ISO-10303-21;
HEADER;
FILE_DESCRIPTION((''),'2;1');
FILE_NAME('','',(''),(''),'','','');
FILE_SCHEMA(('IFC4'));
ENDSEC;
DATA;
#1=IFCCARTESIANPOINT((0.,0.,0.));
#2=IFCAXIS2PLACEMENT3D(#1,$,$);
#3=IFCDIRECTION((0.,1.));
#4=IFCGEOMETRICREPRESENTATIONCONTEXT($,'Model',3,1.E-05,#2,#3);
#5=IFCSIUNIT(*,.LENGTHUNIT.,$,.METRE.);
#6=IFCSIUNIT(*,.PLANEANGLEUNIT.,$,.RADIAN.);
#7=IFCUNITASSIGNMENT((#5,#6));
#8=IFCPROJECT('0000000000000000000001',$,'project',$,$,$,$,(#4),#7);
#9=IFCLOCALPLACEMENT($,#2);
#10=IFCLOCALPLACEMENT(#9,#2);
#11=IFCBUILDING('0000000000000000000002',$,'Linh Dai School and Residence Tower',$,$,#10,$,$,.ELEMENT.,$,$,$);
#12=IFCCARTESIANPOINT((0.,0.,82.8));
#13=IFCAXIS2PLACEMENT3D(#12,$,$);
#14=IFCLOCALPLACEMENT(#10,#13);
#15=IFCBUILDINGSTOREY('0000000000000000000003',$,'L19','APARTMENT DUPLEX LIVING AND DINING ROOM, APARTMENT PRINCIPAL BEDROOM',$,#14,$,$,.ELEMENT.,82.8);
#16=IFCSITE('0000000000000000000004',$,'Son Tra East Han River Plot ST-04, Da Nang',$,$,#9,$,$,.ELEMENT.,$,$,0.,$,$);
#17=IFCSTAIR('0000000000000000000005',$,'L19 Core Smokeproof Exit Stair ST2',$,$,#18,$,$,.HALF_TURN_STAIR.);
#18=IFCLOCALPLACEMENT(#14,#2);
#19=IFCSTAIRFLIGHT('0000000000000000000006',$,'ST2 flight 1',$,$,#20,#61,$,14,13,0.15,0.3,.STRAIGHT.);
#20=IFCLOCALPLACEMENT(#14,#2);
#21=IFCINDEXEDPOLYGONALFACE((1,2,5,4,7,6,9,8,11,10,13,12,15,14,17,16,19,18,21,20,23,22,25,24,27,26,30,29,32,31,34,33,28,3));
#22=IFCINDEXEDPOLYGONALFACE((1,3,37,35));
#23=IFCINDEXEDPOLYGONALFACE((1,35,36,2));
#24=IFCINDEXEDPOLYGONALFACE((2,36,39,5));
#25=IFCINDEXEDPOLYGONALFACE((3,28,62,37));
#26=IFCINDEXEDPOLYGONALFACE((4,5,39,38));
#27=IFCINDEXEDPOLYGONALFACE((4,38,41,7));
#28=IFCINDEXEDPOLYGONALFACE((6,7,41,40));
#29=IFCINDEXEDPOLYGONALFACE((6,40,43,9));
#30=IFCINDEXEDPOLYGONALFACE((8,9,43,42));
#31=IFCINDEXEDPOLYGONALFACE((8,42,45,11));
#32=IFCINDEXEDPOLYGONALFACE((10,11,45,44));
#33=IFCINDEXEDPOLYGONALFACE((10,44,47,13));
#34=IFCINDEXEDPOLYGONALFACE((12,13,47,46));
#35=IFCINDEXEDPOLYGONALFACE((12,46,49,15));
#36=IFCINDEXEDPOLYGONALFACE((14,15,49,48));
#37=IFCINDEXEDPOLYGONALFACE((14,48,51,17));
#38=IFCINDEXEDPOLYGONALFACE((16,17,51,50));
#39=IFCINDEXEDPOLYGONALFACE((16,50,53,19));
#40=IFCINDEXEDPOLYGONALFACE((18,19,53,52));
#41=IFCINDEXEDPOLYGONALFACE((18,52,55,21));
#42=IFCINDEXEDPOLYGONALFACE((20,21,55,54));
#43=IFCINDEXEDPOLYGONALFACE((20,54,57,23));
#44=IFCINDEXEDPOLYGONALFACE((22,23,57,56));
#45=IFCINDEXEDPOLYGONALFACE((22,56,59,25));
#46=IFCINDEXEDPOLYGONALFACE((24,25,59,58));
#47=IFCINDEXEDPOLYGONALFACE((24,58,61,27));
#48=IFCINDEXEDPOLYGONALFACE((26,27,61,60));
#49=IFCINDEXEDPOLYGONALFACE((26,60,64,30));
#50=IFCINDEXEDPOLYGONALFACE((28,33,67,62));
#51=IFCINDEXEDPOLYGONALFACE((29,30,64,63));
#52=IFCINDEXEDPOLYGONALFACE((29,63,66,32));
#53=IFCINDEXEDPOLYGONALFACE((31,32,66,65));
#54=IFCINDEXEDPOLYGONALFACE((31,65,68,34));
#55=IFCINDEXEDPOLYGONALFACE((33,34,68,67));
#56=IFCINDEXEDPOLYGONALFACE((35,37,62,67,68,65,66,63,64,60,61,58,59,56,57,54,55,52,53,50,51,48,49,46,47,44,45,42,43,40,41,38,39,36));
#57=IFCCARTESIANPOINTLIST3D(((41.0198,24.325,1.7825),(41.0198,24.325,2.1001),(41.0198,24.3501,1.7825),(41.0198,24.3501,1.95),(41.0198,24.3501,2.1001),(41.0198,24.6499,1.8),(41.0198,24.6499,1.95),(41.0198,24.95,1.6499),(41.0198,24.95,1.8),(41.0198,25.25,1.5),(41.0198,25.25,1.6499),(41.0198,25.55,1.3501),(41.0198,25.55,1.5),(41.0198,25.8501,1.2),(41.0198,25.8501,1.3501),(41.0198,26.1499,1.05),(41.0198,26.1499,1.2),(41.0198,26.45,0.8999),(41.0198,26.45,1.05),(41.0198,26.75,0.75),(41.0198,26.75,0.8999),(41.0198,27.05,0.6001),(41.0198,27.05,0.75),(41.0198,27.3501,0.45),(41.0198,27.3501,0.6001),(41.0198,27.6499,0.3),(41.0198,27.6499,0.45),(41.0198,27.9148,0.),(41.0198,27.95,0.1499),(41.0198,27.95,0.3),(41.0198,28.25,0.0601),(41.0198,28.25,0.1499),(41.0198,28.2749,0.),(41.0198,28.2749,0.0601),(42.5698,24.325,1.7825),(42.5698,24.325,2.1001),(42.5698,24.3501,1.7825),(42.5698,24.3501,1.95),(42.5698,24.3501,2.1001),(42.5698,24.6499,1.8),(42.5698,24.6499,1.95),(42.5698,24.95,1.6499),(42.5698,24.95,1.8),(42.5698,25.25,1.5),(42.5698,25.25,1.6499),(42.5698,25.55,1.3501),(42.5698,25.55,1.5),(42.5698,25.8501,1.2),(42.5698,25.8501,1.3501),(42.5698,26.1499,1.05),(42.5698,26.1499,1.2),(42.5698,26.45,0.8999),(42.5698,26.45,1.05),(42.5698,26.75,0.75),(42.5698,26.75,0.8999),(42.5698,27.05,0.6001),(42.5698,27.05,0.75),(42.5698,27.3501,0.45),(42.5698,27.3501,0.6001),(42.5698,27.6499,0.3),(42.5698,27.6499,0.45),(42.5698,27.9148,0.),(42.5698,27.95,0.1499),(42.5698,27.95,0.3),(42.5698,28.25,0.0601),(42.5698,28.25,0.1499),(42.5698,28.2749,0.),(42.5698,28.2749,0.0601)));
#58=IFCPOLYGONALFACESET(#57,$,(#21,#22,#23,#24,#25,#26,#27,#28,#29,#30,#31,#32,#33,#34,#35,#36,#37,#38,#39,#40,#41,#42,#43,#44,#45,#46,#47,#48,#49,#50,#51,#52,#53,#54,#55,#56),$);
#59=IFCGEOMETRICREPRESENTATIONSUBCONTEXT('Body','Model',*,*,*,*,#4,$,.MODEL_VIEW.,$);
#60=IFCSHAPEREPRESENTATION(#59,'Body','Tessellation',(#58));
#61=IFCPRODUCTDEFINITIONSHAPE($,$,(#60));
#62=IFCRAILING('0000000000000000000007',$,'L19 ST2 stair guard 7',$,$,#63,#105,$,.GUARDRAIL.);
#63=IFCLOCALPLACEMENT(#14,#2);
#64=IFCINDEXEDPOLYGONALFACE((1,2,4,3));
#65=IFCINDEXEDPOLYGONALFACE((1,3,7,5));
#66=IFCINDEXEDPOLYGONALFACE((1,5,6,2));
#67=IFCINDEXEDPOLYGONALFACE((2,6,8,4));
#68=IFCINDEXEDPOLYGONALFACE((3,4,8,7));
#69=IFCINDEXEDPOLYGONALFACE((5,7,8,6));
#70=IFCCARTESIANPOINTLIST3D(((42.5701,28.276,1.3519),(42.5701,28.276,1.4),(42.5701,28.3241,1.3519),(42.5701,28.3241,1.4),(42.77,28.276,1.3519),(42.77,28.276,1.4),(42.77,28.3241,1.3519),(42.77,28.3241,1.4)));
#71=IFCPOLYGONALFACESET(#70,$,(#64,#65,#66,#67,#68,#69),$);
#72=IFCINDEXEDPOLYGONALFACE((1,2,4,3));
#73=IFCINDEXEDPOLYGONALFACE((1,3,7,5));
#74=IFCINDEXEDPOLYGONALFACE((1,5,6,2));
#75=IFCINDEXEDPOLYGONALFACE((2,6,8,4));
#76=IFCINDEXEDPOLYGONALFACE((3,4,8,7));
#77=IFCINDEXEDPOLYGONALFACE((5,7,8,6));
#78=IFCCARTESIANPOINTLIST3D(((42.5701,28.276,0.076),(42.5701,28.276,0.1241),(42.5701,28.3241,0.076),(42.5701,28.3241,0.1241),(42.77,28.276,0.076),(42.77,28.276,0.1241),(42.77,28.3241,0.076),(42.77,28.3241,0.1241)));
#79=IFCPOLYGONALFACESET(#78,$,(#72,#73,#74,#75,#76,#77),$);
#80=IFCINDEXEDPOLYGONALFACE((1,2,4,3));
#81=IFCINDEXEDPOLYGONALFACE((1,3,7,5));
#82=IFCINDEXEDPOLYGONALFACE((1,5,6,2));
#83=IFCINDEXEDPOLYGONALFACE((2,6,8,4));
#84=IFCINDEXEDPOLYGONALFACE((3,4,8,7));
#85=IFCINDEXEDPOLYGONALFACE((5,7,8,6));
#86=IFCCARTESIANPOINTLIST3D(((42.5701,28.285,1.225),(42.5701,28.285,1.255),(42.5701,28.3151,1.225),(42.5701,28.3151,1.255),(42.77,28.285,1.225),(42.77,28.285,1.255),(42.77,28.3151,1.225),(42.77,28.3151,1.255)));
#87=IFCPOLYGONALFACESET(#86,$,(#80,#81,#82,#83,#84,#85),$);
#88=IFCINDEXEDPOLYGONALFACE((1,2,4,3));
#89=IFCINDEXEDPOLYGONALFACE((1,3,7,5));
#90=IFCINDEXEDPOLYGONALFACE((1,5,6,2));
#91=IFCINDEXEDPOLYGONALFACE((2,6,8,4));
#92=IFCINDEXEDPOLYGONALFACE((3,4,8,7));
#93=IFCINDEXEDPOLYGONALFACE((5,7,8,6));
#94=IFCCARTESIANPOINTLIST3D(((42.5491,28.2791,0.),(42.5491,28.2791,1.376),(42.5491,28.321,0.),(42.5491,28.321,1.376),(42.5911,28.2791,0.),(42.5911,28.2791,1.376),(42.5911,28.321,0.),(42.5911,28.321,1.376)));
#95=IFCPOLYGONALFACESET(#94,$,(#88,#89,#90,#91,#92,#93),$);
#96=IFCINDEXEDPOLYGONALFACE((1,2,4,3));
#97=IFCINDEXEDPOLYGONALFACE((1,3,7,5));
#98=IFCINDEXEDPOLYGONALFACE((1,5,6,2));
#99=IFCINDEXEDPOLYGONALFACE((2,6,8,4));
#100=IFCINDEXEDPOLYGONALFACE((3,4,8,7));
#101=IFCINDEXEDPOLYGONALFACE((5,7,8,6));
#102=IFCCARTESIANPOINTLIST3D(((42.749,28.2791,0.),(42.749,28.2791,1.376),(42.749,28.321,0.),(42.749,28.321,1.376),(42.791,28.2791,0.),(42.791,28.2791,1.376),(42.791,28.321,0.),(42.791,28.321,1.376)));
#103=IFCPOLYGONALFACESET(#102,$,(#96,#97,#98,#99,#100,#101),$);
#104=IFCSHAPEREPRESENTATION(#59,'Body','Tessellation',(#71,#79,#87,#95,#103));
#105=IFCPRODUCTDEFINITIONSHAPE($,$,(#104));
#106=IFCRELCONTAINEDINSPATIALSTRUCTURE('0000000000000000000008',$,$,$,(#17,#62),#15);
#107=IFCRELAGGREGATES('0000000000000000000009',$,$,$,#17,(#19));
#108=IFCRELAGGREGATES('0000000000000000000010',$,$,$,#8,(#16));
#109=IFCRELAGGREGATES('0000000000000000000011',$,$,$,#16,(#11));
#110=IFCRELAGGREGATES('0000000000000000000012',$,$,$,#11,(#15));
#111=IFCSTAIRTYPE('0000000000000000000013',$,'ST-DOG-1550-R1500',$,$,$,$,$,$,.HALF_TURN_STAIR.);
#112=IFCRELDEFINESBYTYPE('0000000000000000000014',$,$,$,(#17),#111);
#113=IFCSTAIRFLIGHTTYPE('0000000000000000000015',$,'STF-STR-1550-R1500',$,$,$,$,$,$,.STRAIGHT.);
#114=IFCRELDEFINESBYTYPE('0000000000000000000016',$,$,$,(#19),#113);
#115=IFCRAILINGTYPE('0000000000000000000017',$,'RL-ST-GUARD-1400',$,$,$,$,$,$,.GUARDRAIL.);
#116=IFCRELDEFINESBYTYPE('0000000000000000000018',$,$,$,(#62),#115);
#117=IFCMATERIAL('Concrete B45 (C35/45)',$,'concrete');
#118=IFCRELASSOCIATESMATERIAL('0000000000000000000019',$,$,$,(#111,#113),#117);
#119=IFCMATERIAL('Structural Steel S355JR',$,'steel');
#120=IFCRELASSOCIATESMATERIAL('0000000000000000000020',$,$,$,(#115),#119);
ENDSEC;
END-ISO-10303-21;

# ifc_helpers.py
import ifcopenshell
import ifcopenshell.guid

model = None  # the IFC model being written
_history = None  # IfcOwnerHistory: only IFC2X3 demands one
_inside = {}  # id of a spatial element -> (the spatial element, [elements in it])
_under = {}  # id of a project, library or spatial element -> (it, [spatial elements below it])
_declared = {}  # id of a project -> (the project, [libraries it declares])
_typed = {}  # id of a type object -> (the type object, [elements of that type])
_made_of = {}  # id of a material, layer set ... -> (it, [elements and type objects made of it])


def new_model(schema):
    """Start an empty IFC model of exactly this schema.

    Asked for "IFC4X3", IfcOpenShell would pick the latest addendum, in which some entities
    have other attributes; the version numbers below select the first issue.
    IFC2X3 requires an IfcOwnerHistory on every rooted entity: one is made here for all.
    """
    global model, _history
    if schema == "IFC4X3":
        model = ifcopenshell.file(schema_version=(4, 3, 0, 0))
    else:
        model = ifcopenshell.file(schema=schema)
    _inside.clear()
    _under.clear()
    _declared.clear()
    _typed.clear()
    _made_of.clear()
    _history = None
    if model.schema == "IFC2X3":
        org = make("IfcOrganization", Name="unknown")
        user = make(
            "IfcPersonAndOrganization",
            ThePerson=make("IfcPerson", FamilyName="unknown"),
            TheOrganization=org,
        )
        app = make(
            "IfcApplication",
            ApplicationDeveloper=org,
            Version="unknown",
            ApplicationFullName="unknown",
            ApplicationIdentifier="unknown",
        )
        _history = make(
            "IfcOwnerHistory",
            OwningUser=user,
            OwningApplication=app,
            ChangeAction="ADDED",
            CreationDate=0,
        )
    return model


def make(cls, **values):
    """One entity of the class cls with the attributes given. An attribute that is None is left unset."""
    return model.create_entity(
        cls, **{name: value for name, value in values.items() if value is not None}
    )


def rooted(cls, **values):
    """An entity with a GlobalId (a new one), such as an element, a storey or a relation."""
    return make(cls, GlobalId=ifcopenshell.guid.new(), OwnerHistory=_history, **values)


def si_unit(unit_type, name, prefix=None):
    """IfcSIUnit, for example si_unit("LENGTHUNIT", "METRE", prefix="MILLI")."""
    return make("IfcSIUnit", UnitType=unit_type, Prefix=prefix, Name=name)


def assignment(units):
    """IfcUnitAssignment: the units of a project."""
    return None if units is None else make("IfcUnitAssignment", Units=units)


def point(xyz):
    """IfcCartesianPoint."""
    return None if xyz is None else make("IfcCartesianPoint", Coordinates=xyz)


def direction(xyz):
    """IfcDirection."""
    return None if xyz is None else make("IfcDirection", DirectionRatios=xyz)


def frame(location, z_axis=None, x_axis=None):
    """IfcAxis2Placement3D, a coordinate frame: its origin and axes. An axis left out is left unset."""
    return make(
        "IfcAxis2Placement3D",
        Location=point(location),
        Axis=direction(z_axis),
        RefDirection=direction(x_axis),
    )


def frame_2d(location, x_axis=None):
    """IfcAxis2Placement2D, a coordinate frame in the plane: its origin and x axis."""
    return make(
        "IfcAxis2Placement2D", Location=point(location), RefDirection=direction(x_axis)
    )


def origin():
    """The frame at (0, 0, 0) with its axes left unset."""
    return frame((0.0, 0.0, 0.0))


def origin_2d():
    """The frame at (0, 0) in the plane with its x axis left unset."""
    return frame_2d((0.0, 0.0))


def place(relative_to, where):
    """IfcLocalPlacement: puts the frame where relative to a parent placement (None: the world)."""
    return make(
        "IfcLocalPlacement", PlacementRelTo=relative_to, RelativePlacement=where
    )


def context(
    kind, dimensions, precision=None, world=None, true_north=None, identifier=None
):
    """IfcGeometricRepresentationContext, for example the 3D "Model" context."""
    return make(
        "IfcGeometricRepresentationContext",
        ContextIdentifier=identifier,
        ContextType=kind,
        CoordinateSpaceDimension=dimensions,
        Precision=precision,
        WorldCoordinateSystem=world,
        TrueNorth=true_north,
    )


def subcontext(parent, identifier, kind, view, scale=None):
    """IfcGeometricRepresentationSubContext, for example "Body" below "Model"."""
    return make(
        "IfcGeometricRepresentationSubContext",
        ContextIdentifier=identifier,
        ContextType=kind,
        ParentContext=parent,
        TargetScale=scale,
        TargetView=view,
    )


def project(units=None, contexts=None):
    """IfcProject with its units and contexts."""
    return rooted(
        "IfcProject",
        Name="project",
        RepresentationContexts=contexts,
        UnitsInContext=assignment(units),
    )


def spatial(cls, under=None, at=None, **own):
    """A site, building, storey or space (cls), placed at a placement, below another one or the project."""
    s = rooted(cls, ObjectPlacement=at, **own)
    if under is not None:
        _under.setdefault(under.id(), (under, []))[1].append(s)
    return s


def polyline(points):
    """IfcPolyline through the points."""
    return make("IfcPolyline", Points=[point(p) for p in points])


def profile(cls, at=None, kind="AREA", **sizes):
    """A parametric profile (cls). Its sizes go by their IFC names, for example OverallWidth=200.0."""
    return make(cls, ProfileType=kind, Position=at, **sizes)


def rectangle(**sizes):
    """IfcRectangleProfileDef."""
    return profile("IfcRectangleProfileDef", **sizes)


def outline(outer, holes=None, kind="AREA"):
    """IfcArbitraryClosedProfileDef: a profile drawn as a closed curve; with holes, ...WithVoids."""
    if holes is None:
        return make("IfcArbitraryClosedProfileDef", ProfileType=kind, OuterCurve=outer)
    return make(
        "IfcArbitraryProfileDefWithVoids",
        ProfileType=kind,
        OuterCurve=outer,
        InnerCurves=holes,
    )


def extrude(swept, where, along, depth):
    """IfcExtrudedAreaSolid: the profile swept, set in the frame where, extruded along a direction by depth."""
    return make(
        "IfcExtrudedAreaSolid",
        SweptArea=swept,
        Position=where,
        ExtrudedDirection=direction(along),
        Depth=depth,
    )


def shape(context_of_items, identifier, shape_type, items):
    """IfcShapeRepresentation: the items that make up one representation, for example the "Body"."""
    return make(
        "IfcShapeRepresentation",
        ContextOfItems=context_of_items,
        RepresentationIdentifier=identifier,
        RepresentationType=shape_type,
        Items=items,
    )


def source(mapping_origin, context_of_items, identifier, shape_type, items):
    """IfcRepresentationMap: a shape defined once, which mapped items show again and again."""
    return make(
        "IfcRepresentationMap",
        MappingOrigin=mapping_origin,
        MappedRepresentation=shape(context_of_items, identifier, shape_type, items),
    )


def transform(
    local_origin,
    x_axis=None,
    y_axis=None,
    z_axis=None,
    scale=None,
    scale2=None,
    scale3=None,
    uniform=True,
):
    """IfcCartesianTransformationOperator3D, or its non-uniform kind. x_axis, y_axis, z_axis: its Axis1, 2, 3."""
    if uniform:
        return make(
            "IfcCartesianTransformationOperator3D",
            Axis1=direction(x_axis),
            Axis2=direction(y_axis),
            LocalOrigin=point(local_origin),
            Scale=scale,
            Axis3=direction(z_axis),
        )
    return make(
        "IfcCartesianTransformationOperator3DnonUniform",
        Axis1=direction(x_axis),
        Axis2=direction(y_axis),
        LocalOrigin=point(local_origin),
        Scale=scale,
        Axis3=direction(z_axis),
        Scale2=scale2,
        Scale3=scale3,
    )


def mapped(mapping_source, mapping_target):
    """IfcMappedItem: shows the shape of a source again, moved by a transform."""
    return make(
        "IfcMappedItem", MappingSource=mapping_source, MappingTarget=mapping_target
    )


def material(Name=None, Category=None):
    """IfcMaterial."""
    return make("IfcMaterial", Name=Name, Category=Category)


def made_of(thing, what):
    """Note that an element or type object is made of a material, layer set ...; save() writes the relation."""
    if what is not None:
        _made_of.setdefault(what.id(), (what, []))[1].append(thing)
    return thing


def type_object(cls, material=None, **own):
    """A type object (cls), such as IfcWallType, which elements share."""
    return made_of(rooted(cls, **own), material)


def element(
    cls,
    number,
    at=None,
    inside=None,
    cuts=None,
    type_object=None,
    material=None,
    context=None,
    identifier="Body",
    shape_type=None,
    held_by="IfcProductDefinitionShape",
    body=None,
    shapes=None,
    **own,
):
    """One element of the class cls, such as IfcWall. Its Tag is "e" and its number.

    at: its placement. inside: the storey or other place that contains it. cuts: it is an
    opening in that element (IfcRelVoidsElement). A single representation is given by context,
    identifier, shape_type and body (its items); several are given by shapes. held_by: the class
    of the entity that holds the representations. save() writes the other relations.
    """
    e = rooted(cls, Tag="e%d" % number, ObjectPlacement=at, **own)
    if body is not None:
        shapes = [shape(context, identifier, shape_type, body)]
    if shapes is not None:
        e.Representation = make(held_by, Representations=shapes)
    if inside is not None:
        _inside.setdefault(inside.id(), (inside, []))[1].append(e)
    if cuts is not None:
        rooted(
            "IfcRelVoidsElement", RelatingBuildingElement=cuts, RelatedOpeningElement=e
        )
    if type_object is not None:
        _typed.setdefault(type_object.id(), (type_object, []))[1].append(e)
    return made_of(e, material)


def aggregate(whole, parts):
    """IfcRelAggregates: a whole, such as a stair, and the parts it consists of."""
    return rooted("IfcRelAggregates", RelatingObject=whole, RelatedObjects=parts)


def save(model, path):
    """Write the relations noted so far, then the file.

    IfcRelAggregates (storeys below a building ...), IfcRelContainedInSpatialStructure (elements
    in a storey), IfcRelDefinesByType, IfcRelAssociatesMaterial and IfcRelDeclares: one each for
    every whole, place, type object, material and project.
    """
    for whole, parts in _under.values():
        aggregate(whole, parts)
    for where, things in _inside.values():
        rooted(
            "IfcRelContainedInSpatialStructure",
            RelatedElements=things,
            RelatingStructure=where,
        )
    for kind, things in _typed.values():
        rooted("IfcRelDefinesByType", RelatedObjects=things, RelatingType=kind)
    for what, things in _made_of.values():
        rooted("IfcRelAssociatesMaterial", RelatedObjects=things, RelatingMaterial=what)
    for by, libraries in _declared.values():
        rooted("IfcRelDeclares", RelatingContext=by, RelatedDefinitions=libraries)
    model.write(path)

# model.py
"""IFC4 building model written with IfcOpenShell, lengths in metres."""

from ifc_helpers import new_model, si_unit, direction, frame, origin, origin_2d, place, context, subcontext, project, spatial, polyline, rectangle, outline, extrude, source, transform, mapped, material, type_object, element, aggregate, save


model = new_model("IFC4")

# Units and contexts
model_context = context("Model", 3, precision=1e-05, world=origin(), true_north=direction((0.0, 1.0)))
body_context = subcontext(model_context, "Body", "Model", "MODEL_VIEW")
ifc_project = project(units=[si_unit("LENGTHUNIT", "METRE"), si_unit("PLANEANGLEUNIT", "RADIAN")], contexts=[model_context])

# Site, building, storey
site_placement = place(None, origin())
site = spatial("IfcSite", under=ifc_project, at=site_placement, Name="Son Tra East Han River Plot ST-04, Da Nang", CompositionType="ELEMENT", RefElevation=0.0)
building_placement = place(site_placement, origin())
building = spatial("IfcBuilding", under=site, at=building_placement, Name="Linh Dai School and Residence Tower", CompositionType="ELEMENT")
storey_placement = place(building_placement, frame((0.0, 0.0, 82.8)))
storey = spatial("IfcBuildingStorey", under=building, at=storey_placement, Name="L19", Description="APARTMENT DUPLEX LIVING AND DINING ROOM, APARTMENT PRINCIPAL BEDROOM", CompositionType="ELEMENT", Elevation=82.8)

# Shared definitions
ifc_material_1 = material(Name="Structural Steel S355JR", Category="steel")

# Shared definitions
ifc_material_2 = material(Name="Concrete B45 (C35/45)", Category="concrete")

# Stair, stair flight
stair_type = type_object("IfcStairType", Name="ST-DOG-1550-R1500", PredefinedType="HALF_TURN_STAIR", material=ifc_material_2)
stair_placement = place(storey_placement, origin())
stair = element("IfcStair", 1, at=stair_placement, inside=storey, type_object=stair_type, Name="L19 Core Smokeproof Exit Stair ST2", PredefinedType="HALF_TURN_STAIR")
stair_flight_type = type_object("IfcStairFlightType", Name="STF-STR-1550-R1500", PredefinedType="STRAIGHT", material=ifc_material_2)
shared_shape_1 = source(origin(), body_context, "Body", "SweptSolid", [
    extrude(outline(polyline([(-0.0249, 0.0), (-0.0249, 0.0601), (0.0, 0.0601), (0.0, 0.1499), (0.3, 0.1499), (0.3, 0.3), (0.6001, 0.3), (0.6001, 0.45), (0.8999, 0.45), (0.8999, 0.6001), (1.2, 0.6001), (1.2, 0.75), (1.5, 0.75), (1.5, 0.8999), (1.8, 0.8999), (1.8, 1.05), (2.1001, 1.05), (2.1001, 1.2), (2.3999, 1.2), (2.3999, 1.3501), (2.7, 1.3501), (2.7, 1.5), (3.0, 1.5), (3.0, 1.6499), (3.3, 1.6499), (3.3, 1.8), (3.6001, 1.8), (3.6001, 1.95), (3.8999, 1.95), (3.8999, 2.1001), (3.925, 2.1001), (3.925, 1.7825), (3.8999, 1.7825), (0.3352, 0.0), (-0.0249, 0.0)])), frame((0.0, 0.7749, 0.0), z_axis=(0.0, -1.0, 0.0), x_axis=(1.0, 0.0, 0.0)), (0.0, 0.0, 1.0), 1.55),
])
stair_flight_placement = place(storey_placement, frame((41.7949, 28.25, 0.0), z_axis=(0.0, 0.0, 1.0), x_axis=(0.0, -1.0, 0.0)))
stair_flight = element("IfcStairFlight", 2, at=stair_flight_placement, type_object=stair_flight_type, Name="ST2 flight 1", NumberOfRisers=14, NumberOfTreads=13, PredefinedType="STRAIGHT", RiserHeight=0.15, TreadLength=0.3, context=body_context, shape_type="MappedRepresentation", body=[
    mapped(shared_shape_1, transform((0.0, 0.0, 0.0), x_axis=(1.0, 0.0, 0.0), y_axis=(0.0, 1.0, 0.0), z_axis=(0.0, 0.0, 1.0), scale=1.0)),
])
aggregate(stair, [stair_flight])

# Railing
railing_type_1 = type_object("IfcRailingType", Name="RL-ST-GUARD-1400", PredefinedType="GUARDRAIL", material=ifc_material_1)
shared_shape_2 = source(origin(), body_context, "Body", "SweptSolid", [
    extrude(rectangle(XDim=0.0481, YDim=0.0481, at=origin_2d()), frame((0.0, 0.0, 1.376), z_axis=(1.0, 0.0, 0.0), x_axis=(0.0, 1.0, 0.0)), (0.0, 0.0, 1.0), 0.2),
    extrude(rectangle(XDim=0.0481, YDim=0.0481, at=origin_2d()), frame((0.0, 0.0, 0.1001), z_axis=(1.0, 0.0, 0.0), x_axis=(0.0, 1.0, 0.0)), (0.0, 0.0, 1.0), 0.2),
    extrude(rectangle(XDim=0.03, YDim=0.03, at=origin_2d()), frame((0.0, 0.0, 1.24), z_axis=(1.0, 0.0, 0.0), x_axis=(0.0, 1.0, 0.0)), (0.0, 0.0, 1.0), 0.2),
    extrude(rectangle(XDim=0.042, YDim=0.042, at=origin_2d()), origin(), (0.0, 0.0, 1.0), 1.376),
    extrude(rectangle(XDim=0.042, YDim=0.042, at=origin_2d()), frame((0.2, 0.0, 0.0)), (0.0, 0.0, 1.0), 1.376),
])
railing_1_placement = place(storey_placement, frame((42.5701, 28.3, 0.0)))
element("IfcRailing", 3, at=railing_1_placement, inside=storey, type_object=railing_type_1, Name="L19 ST2 stair guard 7", PredefinedType="GUARDRAIL", context=body_context, shape_type="MappedRepresentation", body=[
    mapped(shared_shape_2, transform((0.0, 0.0, 0.0), x_axis=(1.0, 0.0, 0.0), y_axis=(0.0, 1.0, 0.0), z_axis=(0.0, 0.0, 1.0), scale=1.0)),
])

save(model, "model.ifc")
